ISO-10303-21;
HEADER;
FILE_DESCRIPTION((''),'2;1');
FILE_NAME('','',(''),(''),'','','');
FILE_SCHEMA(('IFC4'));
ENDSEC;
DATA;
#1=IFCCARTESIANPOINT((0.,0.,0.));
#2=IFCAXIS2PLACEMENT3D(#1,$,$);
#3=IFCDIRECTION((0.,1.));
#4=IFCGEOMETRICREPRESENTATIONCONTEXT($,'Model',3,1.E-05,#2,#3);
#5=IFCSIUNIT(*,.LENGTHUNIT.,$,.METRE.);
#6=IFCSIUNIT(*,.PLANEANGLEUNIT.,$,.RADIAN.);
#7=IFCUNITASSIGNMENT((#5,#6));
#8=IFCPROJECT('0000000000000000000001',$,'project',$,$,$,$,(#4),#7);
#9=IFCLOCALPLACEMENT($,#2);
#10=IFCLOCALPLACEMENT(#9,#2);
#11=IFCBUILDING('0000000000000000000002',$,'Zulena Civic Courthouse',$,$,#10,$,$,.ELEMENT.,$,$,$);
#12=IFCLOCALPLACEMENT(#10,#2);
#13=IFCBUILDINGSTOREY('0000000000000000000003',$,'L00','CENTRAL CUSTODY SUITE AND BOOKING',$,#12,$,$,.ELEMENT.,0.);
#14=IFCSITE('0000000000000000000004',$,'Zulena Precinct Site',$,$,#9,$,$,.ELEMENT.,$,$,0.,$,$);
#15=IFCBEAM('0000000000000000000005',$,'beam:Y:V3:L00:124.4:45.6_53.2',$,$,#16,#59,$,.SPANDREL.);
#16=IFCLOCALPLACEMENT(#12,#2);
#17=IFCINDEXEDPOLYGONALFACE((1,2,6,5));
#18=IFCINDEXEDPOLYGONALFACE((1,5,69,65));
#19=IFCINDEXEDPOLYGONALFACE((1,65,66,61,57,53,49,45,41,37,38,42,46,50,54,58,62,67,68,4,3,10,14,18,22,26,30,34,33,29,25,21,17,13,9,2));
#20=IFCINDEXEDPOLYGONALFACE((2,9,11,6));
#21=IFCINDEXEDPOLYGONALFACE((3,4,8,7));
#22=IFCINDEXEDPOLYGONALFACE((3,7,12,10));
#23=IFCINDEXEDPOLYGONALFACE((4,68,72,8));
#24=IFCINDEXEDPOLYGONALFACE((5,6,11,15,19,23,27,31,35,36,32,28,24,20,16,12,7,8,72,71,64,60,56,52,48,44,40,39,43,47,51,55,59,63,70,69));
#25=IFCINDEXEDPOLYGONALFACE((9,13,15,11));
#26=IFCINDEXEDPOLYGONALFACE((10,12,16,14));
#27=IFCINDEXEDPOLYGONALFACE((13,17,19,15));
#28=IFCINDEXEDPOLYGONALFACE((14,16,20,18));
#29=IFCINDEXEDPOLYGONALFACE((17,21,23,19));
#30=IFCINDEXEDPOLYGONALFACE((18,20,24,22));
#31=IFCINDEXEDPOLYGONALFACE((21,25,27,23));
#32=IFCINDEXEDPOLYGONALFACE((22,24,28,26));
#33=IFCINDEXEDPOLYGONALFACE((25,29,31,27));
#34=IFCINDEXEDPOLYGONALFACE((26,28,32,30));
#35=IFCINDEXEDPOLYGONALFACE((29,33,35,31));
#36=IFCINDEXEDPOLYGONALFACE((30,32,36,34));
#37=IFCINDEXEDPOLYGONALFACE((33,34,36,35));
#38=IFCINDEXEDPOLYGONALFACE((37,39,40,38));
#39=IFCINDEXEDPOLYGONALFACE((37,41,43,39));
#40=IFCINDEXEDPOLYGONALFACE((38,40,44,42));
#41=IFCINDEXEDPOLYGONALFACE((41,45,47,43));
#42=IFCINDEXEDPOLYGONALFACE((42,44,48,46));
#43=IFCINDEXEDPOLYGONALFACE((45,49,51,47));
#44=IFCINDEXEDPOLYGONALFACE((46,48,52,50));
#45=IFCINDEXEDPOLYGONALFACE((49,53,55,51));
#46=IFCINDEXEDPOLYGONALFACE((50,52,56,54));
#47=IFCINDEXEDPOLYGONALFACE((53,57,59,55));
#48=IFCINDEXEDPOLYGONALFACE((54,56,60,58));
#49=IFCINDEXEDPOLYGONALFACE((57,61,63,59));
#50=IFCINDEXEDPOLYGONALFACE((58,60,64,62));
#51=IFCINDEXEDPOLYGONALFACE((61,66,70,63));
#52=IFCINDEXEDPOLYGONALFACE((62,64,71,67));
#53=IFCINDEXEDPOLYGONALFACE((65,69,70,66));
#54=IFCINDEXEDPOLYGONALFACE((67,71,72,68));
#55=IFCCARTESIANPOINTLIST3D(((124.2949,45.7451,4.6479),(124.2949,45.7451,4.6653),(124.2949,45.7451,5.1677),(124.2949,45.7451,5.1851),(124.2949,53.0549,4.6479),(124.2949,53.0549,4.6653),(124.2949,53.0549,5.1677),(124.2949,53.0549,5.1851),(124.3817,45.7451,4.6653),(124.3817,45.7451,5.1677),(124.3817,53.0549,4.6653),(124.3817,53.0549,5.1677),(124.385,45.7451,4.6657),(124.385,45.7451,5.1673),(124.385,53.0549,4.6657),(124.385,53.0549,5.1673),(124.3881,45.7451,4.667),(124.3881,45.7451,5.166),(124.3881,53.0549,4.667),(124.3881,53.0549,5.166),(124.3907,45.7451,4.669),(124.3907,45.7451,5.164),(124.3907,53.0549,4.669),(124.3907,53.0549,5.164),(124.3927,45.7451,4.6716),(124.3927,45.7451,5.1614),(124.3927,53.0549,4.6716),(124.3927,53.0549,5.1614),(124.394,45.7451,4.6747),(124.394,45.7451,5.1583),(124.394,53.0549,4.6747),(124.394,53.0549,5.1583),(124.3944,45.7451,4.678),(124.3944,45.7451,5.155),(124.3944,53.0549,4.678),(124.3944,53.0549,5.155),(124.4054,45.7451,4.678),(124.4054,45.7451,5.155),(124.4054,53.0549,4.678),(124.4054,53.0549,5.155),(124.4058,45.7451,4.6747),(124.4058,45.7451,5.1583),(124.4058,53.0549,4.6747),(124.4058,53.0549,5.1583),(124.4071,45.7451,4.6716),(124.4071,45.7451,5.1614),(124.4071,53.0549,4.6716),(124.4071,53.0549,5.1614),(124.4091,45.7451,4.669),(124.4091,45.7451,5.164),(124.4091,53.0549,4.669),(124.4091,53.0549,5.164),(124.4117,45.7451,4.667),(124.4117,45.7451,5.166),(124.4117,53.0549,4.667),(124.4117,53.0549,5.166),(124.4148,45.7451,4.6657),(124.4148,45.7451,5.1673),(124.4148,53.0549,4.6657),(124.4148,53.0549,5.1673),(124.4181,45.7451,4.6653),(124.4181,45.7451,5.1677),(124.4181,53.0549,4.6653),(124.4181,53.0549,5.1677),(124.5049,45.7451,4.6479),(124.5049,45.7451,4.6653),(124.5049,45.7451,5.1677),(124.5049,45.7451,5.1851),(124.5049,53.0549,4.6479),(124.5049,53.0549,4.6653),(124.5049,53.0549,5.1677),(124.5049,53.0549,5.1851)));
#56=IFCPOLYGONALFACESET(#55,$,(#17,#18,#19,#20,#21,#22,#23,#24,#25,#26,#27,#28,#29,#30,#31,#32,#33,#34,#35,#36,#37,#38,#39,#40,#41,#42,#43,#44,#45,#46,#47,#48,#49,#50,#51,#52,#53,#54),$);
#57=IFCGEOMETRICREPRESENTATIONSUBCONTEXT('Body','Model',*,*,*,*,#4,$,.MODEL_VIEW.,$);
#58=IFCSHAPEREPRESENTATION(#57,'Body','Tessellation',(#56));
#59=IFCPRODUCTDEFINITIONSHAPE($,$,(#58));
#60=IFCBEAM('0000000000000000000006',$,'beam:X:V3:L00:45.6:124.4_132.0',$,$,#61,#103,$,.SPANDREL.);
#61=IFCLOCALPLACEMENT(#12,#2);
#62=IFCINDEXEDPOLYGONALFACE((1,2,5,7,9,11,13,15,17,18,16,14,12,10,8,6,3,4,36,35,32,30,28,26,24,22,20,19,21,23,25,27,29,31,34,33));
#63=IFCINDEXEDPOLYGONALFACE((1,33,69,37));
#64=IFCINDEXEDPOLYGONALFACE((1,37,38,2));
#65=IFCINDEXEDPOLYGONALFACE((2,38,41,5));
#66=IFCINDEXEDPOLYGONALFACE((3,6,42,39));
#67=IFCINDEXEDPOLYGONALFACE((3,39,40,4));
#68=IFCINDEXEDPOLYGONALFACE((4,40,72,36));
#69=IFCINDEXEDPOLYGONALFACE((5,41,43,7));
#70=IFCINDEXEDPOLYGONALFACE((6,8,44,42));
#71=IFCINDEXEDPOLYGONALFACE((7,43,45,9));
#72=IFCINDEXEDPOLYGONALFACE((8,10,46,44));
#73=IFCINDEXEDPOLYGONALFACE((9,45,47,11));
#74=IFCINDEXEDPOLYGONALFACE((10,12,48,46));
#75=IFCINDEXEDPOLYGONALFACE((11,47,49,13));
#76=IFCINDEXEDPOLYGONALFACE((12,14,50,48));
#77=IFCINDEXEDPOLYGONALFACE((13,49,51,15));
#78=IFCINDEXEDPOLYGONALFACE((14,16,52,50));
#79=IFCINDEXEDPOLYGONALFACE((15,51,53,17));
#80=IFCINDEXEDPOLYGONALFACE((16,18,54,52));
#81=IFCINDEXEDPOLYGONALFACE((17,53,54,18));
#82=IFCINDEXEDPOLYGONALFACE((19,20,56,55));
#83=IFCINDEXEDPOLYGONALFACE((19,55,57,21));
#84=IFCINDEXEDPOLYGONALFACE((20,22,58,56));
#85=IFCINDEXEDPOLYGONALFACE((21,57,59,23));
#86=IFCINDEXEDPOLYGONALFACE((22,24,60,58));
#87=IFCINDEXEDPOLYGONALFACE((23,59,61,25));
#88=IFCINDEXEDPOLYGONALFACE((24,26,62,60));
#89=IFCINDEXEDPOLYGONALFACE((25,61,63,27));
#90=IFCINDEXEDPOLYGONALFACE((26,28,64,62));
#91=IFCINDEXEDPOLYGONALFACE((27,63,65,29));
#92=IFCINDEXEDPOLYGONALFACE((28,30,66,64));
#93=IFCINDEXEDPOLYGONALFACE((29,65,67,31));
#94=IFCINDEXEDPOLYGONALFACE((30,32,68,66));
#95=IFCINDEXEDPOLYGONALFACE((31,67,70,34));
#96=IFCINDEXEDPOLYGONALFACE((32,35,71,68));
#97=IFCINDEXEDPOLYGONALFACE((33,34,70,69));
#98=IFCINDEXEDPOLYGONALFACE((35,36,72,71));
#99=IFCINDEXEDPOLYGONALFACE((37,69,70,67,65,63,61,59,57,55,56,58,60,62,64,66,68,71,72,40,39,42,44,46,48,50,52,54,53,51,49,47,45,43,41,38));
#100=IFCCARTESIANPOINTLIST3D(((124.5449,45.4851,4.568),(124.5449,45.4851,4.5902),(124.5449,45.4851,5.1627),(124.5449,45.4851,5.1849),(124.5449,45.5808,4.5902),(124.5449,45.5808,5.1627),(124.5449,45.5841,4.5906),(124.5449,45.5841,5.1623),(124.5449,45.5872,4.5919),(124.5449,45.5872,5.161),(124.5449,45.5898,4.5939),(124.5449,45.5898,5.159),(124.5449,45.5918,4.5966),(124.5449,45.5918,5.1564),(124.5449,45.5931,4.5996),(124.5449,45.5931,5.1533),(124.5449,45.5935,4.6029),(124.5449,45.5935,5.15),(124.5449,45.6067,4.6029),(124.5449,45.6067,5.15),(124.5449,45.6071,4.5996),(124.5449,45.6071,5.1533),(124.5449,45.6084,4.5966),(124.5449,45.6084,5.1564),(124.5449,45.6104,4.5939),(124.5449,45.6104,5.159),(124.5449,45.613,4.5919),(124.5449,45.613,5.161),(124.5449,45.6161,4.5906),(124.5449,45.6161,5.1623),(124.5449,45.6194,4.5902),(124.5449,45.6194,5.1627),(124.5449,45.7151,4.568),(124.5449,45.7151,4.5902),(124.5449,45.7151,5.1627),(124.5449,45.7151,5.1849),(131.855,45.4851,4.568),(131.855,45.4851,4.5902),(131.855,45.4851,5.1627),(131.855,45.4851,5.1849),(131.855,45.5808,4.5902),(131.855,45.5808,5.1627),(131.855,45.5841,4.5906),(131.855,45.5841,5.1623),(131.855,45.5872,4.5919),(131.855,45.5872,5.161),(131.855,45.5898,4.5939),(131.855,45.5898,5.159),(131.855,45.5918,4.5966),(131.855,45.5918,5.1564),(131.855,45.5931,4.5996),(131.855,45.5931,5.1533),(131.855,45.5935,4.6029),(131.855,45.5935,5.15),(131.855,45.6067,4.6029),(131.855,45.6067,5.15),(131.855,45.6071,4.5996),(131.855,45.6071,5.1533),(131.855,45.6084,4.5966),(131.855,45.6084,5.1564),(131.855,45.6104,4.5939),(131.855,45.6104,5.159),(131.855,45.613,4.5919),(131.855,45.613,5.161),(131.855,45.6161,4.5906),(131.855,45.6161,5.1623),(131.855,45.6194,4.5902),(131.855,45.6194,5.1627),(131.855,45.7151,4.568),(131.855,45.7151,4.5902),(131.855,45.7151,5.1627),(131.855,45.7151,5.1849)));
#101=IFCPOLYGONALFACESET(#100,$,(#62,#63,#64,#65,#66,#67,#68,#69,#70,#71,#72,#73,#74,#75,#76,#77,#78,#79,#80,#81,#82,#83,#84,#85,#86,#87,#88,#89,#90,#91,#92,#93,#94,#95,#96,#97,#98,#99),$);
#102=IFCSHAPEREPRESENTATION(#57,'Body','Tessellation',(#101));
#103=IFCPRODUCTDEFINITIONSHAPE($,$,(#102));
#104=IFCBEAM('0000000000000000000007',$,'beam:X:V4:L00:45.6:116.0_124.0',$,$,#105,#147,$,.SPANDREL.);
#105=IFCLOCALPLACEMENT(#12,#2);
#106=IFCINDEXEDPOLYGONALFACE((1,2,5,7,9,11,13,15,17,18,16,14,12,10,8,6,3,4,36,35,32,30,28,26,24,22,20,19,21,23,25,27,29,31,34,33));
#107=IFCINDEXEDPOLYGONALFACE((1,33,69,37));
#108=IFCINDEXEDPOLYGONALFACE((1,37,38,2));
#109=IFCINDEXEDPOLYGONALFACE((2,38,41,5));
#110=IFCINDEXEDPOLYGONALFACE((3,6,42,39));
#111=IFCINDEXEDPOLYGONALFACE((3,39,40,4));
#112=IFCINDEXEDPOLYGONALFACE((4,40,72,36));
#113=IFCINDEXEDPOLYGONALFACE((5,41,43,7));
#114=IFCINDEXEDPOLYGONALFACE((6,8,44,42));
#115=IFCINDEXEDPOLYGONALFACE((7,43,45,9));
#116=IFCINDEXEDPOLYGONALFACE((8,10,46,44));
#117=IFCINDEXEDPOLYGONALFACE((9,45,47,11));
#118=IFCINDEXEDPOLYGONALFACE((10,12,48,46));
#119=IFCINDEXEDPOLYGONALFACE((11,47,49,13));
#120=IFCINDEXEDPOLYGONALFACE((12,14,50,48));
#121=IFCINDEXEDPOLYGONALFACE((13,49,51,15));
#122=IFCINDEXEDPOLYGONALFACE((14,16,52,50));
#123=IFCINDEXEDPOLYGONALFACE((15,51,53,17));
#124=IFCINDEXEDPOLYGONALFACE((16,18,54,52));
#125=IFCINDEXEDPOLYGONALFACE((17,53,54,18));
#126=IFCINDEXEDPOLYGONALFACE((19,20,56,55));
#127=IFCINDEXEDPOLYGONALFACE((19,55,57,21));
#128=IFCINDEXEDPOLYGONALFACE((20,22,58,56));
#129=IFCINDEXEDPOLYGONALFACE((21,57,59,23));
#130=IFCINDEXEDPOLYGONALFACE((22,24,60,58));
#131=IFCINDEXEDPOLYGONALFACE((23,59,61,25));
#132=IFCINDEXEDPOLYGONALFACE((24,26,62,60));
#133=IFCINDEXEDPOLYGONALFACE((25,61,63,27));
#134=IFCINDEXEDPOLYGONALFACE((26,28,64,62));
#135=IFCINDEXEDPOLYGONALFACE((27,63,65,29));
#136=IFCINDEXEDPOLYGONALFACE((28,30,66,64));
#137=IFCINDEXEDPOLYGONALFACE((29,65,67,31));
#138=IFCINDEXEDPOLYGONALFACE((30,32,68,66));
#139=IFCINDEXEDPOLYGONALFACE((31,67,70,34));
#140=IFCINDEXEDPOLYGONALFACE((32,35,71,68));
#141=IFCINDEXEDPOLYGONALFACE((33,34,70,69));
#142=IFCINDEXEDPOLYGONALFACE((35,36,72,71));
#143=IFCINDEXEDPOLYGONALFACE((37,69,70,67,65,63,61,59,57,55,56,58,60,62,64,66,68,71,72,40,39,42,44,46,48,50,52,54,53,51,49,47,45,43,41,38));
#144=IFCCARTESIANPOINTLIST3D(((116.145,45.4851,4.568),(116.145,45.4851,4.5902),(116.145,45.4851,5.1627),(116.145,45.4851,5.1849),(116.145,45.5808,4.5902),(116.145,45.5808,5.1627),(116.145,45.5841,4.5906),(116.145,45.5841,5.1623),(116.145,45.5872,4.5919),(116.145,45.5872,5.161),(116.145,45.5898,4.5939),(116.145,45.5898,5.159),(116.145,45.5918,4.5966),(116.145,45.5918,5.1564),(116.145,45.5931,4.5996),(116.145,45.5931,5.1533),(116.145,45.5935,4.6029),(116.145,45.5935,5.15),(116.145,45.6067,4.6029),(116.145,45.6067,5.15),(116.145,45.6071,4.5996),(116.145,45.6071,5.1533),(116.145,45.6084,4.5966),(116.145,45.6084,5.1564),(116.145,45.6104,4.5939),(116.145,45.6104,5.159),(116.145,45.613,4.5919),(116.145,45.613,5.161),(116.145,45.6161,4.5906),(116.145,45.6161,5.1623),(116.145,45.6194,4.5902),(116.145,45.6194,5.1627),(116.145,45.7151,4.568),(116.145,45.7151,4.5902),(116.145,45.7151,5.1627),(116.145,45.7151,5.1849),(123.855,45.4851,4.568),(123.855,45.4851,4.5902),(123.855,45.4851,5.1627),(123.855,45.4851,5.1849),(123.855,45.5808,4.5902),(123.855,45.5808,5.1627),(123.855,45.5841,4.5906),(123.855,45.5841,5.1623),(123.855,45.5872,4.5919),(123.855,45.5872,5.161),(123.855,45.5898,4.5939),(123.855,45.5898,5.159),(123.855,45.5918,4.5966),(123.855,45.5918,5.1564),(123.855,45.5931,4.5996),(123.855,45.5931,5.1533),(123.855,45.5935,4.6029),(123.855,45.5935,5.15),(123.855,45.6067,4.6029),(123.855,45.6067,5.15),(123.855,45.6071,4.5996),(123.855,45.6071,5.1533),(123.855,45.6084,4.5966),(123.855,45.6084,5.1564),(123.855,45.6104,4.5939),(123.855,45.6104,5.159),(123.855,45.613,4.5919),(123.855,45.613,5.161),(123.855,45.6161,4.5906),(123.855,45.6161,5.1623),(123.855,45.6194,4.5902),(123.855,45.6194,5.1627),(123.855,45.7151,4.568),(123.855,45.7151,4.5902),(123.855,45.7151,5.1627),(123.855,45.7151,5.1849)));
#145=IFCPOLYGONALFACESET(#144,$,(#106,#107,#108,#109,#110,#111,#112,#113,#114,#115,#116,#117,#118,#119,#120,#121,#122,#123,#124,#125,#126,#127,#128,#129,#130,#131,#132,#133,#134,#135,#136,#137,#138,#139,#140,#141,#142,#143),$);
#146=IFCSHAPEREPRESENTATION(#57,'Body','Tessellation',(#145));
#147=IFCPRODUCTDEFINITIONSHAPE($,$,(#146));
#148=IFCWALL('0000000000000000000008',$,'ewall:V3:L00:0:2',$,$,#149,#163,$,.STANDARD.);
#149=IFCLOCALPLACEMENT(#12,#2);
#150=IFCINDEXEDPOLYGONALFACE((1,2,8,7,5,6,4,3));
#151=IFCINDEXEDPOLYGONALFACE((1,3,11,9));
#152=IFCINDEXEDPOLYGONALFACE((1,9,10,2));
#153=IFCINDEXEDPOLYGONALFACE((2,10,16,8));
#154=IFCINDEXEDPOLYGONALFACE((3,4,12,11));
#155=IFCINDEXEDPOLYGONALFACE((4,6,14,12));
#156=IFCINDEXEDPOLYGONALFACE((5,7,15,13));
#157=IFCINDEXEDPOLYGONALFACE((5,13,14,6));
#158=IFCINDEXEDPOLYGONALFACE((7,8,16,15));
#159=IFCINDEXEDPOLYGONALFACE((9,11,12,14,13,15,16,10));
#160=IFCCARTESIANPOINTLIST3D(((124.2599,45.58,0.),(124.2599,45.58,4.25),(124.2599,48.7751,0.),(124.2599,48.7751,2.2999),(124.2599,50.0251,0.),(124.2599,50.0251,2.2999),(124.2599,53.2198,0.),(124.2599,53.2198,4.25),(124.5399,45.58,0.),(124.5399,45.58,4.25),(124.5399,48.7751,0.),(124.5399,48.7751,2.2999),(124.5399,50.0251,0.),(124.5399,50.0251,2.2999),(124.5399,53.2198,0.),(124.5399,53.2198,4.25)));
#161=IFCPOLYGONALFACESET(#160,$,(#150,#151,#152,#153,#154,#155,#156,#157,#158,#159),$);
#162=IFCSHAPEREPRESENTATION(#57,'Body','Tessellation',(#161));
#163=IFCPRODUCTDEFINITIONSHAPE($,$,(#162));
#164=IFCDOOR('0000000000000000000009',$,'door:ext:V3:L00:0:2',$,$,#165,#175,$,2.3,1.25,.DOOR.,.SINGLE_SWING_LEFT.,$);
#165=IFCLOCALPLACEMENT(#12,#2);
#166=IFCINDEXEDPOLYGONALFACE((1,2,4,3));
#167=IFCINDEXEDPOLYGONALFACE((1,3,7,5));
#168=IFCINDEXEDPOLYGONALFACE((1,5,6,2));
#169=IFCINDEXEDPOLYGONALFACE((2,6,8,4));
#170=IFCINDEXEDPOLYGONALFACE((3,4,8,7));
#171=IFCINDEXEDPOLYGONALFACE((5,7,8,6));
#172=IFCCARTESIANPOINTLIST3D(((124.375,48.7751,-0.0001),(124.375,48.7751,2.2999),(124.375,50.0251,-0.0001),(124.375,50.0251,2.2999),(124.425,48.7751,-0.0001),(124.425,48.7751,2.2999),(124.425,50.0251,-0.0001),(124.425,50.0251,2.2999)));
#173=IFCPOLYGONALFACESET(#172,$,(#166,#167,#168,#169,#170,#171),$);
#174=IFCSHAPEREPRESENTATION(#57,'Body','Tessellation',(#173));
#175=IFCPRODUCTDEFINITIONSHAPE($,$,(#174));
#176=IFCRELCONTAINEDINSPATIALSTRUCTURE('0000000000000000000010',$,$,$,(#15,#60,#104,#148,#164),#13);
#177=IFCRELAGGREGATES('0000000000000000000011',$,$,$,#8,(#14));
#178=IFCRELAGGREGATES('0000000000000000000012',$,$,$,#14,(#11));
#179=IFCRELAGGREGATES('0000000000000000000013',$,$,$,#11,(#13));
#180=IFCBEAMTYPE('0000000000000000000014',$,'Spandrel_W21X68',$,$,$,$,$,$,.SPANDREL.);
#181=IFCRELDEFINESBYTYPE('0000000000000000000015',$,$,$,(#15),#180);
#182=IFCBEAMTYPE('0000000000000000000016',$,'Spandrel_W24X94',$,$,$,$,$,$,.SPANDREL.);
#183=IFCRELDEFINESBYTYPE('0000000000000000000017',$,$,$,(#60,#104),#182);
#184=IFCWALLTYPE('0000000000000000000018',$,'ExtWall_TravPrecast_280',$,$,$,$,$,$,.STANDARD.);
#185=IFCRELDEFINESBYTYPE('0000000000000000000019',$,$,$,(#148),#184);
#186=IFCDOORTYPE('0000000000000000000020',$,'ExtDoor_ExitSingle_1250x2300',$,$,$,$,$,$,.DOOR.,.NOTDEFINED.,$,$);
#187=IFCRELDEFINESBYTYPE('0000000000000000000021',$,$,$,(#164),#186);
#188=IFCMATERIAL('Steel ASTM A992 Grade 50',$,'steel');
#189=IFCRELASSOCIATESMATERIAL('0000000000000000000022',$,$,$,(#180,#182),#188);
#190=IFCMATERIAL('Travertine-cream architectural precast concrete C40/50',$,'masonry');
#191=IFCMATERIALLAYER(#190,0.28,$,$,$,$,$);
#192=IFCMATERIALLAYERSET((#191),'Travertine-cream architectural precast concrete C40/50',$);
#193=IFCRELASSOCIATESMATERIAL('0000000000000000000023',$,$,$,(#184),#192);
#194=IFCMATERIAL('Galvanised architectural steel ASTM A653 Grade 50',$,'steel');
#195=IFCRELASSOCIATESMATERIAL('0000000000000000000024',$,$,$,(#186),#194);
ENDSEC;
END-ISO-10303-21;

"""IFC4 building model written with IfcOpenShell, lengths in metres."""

from ifc_helpers import new_model, si_unit, direction, frame, frame_2d, origin, origin_2d, place, context, subcontext, project, spatial, rectangle, i_section, extrude, material, layer, layer_set, material_profile, profile_set, type_object, element, fill, save


model = new_model("IFC4")

# Units and contexts
model_context = context("Model", 3, precision=1e-05, world=origin(), true_north=direction((0.0, 1.0)))
body_context = subcontext(model_context, "Body", "Model", "MODEL_VIEW")
ifc_project = project(units=[si_unit("LENGTHUNIT", "METRE"), si_unit("PLANEANGLEUNIT", "RADIAN")], contexts=[model_context])

# Site, building, storey
site_placement = place(None, origin())
site = spatial("IfcSite", under=ifc_project, at=site_placement, Name="Zulena Precinct Site", CompositionType="ELEMENT", RefElevation=0.0)
building_placement = place(site_placement, origin())
building = spatial("IfcBuilding", under=site, at=building_placement, Name="Zulena Civic Courthouse", CompositionType="ELEMENT")
storey_placement = place(building_placement, origin())
storey = spatial("IfcBuildingStorey", under=building, at=storey_placement, Name="L00", Description="CENTRAL CUSTODY SUITE AND BOOKING", CompositionType="ELEMENT", Elevation=0.0)

# Shared definitions
ifc_material_1 = material(Name="Steel ASTM A992 Grade 50", Category="steel")

# Beams
ifc_material_profile_1 = material_profile(ifc_material_1, i_section(OverallWidth=0.21, OverallDepth=0.5371, WebThickness=0.011, FlangeThickness=0.0173, FilletRadius=0.0127, at=origin_2d()), Name="W21X68")
ifc_profile_set_1 = profile_set([ifc_material_profile_1], Name="Steel ASTM A992 Grade 50")
beam_type_1 = type_object("IfcBeamType", Name="Spandrel_W21X68", PredefinedType="SPANDREL", material=ifc_profile_set_1)
beam_1_placement = place(storey_placement, frame((124.3999, 45.7451, 4.9165), z_axis=(0.0, 1.0, 0.0), x_axis=(-1.0, 0.0, 0.0)))
element("IfcBeam", 1, at=beam_1_placement, inside=storey, type_object=beam_type_1, Name="beam:Y:V3:L00:124.4:45.6_53.2", PredefinedType="SPANDREL", context=body_context, shape_type="SweptSolid", body=[
    extrude(i_section(OverallWidth=0.21, OverallDepth=0.5371, WebThickness=0.011, FlangeThickness=0.0173, FilletRadius=0.0127, at=origin_2d()), origin(), (0.0, 0.0, 1.0), 7.3098),
])
ifc_material_profile_2 = material_profile(ifc_material_1, i_section(OverallWidth=0.23, OverallDepth=0.6169, WebThickness=0.0132, FlangeThickness=0.0222, FilletRadius=0.0127, at=origin_2d()), Name="W24X94")
ifc_profile_set_2 = profile_set([ifc_material_profile_2], Name="Steel ASTM A992 Grade 50")
beam_type_2 = type_object("IfcBeamType", Name="Spandrel_W24X94", PredefinedType="SPANDREL", material=ifc_profile_set_2)
beam_2_placement = place(storey_placement, frame((124.5449, 45.6001, 4.8765), z_axis=(1.0, 0.0, 0.0), x_axis=(0.0, 1.0, 0.0)))
element("IfcBeam", 2, at=beam_2_placement, inside=storey, type_object=beam_type_2, Name="beam:X:V3:L00:45.6:124.4_132.0", PredefinedType="SPANDREL", context=body_context, shape_type="SweptSolid", body=[
    extrude(i_section(OverallWidth=0.23, OverallDepth=0.6169, WebThickness=0.0132, FlangeThickness=0.0222, FilletRadius=0.0127, at=origin_2d()), origin(), (0.0, 0.0, 1.0), 7.3101),
])
beam_3_placement = place(storey_placement, frame((116.145, 45.6001, 4.8765), z_axis=(1.0, 0.0, 0.0), x_axis=(0.0, 1.0, 0.0)))
element("IfcBeam", 3, at=beam_3_placement, inside=storey, type_object=beam_type_2, Name="beam:X:V4:L00:45.6:116.0_124.0", PredefinedType="SPANDREL", context=body_context, shape_type="SweptSolid", body=[
    extrude(i_section(OverallWidth=0.23, OverallDepth=0.6169, WebThickness=0.0132, FlangeThickness=0.0222, FilletRadius=0.0127, at=origin_2d()), origin(), (0.0, 0.0, 1.0), 7.71),
])

# Wall, opening, door
ifc_material_2 = material(Name="Travertine-cream architectural precast concrete C40/50", Category="masonry")
ifc_layer_1 = layer(ifc_material_2, 0.28)
ifc_layer_set_1 = layer_set([ifc_layer_1], Name="Travertine-cream architectural precast concrete C40/50")
wall_type = type_object("IfcWallType", Name="ExtWall_TravPrecast_280", PredefinedType="STANDARD", material=ifc_layer_set_1)
wall_1_placement = place(storey_placement, frame((124.3999, 45.5801, 0.0), z_axis=(0.0, 0.0, 1.0), x_axis=(0.0, 1.0, 0.0)))
wall_1 = element("IfcWall", 4, at=wall_1_placement, inside=storey, type_object=wall_type, Name="ewall:V3:L00:0:2", PredefinedType="STANDARD", context=body_context, shape_type="SweptSolid", body=[
    extrude(rectangle(XDim=7.6399, YDim=0.28, at=frame_2d((3.8198, 0.0))), origin(), (0.0, 0.0, 1.0), 4.25),
])
opening_1_placement = place(wall_1_placement, frame((3.1951, 0.0, 0.0)))
opening_1 = element("IfcOpeningElement", 5, at=opening_1_placement, cuts=wall_1, PredefinedType="OPENING", context=body_context, shape_type="SweptSolid", body=[
    extrude(rectangle(XDim=1.25, YDim=2.3, at=frame_2d((0.625, 1.1499))), frame((0.0, 0.1499, 0.0), z_axis=(0.0, -1.0, 0.0), x_axis=(1.0, 0.0, 0.0)), (0.0, 0.0, 1.0), 0.3),
])
ifc_material_3 = material(Name="Galvanised architectural steel ASTM A653 Grade 50", Category="steel")
door_type = type_object("IfcDoorType", Name="ExtDoor_ExitSingle_1250x2300", OperationType="NOTDEFINED", PredefinedType="DOOR", material=ifc_material_3)
door_placement = place(opening_1_placement, origin())
door = element("IfcDoor", 6, at=door_placement, inside=storey, type_object=door_type, Name="door:ext:V3:L00:0:2", OperationType="SINGLE_SWING_LEFT", OverallHeight=2.3, OverallWidth=1.25, PredefinedType="DOOR", context=body_context, shape_type="SweptSolid", body=[
    extrude(rectangle(XDim=1.25, YDim=2.3, at=frame_2d((0.625, 1.1499))), frame((0.0, 0.0249, 0.0), z_axis=(0.0, -1.0, 0.0), x_axis=(1.0, 0.0, 0.0)), (0.0, 0.0, 1.0), 0.05),
])
fill(opening_1, door)

save(model, "model.ifc")
